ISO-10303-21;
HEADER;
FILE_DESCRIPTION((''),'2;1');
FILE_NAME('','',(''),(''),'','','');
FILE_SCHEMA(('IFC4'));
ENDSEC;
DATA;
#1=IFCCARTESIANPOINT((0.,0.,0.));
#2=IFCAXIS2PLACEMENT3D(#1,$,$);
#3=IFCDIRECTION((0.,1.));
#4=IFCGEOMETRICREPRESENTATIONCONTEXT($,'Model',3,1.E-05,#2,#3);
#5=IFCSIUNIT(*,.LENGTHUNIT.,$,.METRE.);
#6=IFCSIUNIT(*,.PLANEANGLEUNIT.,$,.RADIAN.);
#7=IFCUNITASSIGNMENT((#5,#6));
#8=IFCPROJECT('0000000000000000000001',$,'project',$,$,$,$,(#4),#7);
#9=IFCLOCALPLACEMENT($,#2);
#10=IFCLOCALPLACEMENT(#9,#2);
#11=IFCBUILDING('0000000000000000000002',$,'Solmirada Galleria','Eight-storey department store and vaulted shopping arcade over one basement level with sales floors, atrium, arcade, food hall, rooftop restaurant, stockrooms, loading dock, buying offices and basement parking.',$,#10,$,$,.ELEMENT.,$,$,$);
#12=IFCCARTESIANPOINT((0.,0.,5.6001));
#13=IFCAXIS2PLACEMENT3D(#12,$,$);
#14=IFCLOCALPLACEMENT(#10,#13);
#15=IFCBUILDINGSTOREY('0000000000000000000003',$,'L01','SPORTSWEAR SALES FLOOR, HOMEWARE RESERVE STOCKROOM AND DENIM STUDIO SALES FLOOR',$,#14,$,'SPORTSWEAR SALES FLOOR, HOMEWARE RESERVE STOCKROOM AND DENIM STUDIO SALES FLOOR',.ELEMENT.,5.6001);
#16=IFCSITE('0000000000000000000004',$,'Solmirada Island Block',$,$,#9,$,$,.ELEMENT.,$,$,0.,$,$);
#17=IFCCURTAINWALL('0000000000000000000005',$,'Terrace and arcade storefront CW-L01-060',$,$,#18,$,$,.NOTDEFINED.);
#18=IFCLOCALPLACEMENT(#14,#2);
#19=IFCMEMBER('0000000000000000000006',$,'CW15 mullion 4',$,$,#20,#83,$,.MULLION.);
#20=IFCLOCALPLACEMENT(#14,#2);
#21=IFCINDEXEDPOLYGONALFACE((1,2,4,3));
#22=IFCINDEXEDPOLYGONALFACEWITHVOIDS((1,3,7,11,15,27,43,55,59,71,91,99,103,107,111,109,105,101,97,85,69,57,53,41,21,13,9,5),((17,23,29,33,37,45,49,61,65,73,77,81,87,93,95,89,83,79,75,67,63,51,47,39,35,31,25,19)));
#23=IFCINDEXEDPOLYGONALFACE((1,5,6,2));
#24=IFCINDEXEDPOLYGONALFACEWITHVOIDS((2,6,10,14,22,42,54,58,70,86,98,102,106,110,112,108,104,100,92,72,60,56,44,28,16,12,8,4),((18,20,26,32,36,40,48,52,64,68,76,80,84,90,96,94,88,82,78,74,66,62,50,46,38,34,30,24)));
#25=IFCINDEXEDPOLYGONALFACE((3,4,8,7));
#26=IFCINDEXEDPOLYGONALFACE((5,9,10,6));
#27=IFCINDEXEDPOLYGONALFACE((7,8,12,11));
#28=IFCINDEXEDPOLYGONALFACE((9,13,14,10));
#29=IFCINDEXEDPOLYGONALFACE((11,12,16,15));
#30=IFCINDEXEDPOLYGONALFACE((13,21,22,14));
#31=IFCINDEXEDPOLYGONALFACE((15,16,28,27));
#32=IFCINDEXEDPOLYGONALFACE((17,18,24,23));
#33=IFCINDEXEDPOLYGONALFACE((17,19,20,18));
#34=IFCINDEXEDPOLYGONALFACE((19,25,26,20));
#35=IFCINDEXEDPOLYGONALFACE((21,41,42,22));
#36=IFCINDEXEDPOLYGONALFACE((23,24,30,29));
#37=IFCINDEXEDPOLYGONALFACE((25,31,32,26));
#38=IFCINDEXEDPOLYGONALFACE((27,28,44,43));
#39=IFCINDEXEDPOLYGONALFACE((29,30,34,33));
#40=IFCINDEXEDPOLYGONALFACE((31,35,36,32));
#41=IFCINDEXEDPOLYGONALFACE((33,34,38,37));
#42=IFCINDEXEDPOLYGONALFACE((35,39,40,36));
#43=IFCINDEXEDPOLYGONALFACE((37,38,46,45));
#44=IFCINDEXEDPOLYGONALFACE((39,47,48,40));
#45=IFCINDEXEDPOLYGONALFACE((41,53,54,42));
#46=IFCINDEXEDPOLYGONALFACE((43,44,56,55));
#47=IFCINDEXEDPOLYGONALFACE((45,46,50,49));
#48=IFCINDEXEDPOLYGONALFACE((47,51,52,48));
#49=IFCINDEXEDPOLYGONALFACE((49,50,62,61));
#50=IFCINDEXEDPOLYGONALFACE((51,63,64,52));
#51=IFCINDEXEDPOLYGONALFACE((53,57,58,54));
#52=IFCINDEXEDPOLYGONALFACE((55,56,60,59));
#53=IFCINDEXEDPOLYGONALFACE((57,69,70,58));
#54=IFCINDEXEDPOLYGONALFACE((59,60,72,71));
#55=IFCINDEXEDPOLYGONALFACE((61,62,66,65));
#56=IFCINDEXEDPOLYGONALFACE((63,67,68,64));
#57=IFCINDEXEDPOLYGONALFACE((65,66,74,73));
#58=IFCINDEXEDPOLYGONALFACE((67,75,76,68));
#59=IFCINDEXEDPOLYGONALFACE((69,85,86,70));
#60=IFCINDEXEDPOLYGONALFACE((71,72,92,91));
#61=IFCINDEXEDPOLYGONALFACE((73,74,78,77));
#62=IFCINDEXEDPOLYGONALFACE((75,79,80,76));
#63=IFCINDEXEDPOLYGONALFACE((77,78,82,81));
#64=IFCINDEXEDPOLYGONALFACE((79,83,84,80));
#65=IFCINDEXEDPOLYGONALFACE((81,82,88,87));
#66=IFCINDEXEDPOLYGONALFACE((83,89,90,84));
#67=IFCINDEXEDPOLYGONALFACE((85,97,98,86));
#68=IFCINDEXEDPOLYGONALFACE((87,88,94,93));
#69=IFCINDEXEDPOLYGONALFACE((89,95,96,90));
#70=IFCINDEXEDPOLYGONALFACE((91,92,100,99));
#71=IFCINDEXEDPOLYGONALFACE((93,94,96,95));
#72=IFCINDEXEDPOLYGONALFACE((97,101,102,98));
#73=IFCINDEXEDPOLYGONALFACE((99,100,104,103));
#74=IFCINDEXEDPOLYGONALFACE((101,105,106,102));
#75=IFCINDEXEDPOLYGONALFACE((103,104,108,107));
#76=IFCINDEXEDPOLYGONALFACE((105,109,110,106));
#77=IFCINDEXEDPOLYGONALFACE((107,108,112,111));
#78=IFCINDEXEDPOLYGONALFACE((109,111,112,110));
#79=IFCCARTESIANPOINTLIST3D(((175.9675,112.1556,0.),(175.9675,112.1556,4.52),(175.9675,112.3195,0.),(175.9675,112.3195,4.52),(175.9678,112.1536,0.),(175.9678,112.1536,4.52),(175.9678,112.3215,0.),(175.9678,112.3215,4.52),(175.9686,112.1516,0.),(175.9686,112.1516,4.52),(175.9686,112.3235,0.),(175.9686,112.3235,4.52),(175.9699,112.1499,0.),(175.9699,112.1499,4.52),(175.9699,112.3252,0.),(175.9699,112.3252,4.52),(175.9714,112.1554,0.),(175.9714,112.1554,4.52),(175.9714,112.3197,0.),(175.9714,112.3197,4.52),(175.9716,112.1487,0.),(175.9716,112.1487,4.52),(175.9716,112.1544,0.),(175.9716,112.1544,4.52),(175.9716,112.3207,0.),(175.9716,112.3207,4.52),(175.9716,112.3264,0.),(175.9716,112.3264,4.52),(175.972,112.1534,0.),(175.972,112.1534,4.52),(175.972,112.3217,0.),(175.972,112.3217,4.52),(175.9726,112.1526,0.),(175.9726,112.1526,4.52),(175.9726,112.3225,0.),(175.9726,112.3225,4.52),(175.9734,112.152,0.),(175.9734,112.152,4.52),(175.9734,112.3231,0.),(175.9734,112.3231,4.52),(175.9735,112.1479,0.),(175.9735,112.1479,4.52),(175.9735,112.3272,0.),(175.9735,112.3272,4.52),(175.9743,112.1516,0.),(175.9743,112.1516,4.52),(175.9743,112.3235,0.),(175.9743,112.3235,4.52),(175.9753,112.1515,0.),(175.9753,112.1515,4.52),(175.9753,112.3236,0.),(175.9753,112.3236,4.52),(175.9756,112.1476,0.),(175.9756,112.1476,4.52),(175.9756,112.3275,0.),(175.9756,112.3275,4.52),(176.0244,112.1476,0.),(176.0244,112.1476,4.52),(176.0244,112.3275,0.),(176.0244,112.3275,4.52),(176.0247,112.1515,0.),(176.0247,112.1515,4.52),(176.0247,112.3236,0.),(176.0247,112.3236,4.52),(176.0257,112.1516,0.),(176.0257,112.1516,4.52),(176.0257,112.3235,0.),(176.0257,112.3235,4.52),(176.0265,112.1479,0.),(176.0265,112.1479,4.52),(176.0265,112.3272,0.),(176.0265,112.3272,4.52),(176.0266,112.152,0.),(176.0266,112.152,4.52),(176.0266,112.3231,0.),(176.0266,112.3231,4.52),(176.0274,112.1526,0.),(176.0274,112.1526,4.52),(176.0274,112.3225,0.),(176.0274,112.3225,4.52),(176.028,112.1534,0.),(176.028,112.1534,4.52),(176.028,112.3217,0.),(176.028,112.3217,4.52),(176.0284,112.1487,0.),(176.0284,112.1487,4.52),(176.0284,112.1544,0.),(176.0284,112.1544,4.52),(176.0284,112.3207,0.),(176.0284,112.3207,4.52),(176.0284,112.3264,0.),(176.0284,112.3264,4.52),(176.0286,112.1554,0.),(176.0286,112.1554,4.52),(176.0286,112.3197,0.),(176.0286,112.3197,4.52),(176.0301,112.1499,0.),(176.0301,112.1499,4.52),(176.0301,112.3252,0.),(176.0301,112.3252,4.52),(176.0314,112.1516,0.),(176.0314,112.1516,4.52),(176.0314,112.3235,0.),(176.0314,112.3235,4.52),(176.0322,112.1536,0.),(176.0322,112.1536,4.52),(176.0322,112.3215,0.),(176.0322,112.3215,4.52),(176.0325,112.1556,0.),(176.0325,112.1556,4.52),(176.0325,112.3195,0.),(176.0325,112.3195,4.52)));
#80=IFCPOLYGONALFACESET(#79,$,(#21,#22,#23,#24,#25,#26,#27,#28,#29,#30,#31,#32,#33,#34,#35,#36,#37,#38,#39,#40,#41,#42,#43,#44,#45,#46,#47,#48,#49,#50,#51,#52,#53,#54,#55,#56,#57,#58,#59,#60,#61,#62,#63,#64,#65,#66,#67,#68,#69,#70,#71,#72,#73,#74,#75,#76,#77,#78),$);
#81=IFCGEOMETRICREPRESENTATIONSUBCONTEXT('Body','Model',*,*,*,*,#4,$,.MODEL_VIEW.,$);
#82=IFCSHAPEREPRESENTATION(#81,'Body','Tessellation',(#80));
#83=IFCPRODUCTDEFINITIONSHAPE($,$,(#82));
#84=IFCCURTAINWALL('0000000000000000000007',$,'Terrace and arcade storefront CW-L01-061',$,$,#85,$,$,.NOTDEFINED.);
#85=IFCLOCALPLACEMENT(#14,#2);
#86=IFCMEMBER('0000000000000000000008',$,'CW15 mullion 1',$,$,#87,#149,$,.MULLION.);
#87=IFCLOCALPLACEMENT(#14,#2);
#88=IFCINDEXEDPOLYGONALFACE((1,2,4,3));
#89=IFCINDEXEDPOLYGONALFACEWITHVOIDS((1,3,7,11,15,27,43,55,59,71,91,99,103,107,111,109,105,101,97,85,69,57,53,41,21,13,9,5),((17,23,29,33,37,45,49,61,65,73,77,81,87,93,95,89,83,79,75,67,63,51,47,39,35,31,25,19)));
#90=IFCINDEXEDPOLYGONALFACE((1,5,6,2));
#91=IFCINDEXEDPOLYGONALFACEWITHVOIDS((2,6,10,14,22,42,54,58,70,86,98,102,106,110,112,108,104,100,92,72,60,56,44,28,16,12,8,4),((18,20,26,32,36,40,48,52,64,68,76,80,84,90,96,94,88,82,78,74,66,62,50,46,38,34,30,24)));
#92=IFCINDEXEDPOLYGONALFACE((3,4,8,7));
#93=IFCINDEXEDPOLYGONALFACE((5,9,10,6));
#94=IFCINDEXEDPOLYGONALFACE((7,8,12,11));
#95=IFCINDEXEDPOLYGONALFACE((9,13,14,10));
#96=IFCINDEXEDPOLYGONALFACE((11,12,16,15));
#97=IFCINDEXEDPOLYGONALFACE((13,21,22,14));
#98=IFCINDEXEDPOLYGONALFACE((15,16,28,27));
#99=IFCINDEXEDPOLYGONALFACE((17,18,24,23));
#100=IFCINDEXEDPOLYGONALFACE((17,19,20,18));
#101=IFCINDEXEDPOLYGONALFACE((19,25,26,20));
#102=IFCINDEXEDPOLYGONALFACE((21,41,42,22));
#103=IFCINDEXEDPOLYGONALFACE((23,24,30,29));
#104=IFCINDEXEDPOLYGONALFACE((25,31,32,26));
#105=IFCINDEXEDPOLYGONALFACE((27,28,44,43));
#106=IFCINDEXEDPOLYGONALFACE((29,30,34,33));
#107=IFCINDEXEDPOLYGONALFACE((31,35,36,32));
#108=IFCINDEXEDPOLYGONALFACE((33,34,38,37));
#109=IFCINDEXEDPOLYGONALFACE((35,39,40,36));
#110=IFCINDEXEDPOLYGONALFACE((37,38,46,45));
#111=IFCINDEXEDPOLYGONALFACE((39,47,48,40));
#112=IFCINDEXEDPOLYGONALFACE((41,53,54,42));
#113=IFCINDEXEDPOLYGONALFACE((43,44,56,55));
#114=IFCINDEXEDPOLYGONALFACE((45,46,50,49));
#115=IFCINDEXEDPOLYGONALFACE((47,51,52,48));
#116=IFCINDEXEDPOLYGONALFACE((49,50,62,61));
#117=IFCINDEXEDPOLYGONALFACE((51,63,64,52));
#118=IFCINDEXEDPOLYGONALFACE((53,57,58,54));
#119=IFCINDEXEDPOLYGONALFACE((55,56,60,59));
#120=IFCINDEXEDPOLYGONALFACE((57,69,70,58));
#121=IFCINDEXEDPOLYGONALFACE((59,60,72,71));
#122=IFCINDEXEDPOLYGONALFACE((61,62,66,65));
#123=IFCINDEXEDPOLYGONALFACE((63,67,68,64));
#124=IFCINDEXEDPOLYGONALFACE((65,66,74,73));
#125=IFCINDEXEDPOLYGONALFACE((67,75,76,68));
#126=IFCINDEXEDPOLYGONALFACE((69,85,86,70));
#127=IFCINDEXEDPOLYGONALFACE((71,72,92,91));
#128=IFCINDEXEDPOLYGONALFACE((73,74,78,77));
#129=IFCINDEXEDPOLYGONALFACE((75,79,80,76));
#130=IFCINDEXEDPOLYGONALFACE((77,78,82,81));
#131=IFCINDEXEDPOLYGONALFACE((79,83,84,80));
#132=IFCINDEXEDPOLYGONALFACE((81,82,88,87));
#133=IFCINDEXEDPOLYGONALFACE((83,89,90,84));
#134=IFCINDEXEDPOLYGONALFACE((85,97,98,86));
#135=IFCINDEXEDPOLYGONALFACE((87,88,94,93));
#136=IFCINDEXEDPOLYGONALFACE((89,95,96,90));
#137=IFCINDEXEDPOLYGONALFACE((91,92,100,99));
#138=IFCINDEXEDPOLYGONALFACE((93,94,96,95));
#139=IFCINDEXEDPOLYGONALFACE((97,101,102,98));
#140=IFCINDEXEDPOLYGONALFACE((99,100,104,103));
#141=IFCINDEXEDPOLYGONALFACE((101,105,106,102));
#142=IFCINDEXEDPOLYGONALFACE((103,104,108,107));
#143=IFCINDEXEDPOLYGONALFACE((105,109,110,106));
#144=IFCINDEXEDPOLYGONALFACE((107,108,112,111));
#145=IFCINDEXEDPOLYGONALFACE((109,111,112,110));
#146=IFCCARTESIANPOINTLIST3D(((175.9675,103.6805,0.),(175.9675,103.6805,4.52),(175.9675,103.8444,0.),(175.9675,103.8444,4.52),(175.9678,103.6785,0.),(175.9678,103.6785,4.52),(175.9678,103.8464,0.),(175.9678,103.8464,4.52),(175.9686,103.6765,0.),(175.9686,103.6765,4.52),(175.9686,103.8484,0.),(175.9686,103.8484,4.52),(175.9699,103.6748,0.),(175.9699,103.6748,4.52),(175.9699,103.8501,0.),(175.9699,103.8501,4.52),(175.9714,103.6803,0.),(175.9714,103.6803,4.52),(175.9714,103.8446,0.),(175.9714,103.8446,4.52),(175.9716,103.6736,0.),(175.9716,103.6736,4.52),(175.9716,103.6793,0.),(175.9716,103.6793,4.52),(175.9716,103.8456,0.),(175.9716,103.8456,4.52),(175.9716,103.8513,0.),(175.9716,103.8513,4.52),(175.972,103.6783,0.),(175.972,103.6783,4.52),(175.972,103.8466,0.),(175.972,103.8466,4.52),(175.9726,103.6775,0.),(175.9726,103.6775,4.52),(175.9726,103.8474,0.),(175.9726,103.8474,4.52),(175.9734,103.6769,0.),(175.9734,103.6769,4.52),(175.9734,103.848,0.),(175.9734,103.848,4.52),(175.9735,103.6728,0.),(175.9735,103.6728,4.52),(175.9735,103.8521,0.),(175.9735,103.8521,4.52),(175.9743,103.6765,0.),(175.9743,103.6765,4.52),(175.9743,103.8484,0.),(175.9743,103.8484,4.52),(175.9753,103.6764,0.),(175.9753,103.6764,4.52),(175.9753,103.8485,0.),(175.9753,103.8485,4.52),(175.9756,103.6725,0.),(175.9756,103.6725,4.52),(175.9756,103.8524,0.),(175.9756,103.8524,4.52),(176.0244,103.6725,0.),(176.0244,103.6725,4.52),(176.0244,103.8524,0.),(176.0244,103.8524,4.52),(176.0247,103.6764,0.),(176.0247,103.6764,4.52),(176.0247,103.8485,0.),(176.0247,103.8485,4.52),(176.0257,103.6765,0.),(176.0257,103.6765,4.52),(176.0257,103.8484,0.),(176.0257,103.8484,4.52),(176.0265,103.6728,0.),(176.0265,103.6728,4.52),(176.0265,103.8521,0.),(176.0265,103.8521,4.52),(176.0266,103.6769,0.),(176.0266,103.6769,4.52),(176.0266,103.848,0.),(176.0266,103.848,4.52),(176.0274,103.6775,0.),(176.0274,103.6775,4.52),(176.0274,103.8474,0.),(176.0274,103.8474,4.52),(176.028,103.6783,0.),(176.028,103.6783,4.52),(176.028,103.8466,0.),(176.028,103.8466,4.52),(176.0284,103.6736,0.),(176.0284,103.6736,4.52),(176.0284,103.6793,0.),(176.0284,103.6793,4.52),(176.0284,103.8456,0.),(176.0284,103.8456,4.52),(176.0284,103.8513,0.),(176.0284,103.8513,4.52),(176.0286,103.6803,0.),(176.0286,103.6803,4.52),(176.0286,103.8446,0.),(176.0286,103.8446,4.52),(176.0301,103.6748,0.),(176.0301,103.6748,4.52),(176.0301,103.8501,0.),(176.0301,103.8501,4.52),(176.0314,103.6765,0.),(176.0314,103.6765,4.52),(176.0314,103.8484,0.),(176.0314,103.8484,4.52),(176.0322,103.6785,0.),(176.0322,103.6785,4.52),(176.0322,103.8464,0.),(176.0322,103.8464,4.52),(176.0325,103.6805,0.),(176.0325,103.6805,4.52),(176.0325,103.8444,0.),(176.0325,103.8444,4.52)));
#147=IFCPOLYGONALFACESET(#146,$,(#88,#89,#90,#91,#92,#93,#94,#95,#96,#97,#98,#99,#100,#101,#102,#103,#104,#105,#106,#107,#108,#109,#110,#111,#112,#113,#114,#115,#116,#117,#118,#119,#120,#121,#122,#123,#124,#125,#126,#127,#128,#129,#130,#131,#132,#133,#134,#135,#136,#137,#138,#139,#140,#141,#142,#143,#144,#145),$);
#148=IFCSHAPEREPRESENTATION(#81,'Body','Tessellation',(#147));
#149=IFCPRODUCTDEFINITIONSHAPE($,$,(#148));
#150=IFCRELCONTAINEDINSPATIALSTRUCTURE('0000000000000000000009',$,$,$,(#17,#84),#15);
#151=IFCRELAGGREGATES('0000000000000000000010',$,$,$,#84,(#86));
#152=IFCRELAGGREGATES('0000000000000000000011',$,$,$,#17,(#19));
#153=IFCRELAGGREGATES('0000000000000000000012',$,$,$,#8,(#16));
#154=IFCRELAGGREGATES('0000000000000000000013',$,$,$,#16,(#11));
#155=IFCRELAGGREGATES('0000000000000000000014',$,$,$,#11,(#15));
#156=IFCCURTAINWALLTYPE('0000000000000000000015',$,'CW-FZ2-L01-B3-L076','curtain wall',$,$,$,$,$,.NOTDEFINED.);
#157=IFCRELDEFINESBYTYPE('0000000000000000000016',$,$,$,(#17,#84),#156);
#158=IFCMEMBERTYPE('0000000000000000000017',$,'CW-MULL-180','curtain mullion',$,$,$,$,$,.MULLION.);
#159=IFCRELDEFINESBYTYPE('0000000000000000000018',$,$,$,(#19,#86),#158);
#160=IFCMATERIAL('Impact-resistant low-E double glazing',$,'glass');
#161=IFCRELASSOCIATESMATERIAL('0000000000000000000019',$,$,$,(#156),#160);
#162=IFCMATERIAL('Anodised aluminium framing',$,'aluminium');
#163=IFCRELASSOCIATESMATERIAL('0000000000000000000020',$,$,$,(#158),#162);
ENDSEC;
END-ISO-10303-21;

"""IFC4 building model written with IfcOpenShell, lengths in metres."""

from ifc_helpers import new_model, si_unit, direction, frame, origin, origin_2d, place, context, subcontext, project, spatial, hollow_rectangle, extrude, material, material_profile, profile_set, type_object, element, aggregate, save


model = new_model("IFC4")

# Units and contexts
model_context = context("Model", 3, precision=1e-05, world=origin(), true_north=direction((0.0, 1.0)))
body_context = subcontext(model_context, "Body", "Model", "MODEL_VIEW")
ifc_project = project(units=[si_unit("LENGTHUNIT", "METRE"), si_unit("PLANEANGLEUNIT", "RADIAN")], contexts=[model_context])

# Site, building, storey
site_placement = place(None, origin())
site = spatial("IfcSite", under=ifc_project, at=site_placement, Name="Solmirada Island Block", CompositionType="ELEMENT", RefElevation=0.0)
building_placement = place(site_placement, origin())
building = spatial("IfcBuilding", under=site, at=building_placement, Name="Solmirada Galleria", Description="Eight-storey department store and vaulted shopping arcade over one basement level with sales floors, atrium, arcade, food hall, rooftop restaurant, stockrooms, loading dock, buying offices and basement parking.", CompositionType="ELEMENT")
storey_placement = place(building_placement, frame((0.0, 0.0, 5.6001)))
storey = spatial("IfcBuildingStorey", under=building, at=storey_placement, Name="L01", Description="SPORTSWEAR SALES FLOOR, HOMEWARE RESERVE STOCKROOM AND DENIM STUDIO SALES FLOOR", LongName="SPORTSWEAR SALES FLOOR, HOMEWARE RESERVE STOCKROOM AND DENIM STUDIO SALES FLOOR", CompositionType="ELEMENT", Elevation=5.6001)

# Curtain wall, member
ifc_material_1 = material(Name="Impact-resistant low-E double glazing", Category="glass")
curtain_wall_type = type_object("IfcCurtainWallType", Name="CW-FZ2-L01-B3-L076", Description="curtain wall", PredefinedType="NOTDEFINED", material=ifc_material_1)
curtain_wall_1_placement = place(storey_placement, origin())
curtain_wall_1 = element("IfcCurtainWall", 1, at=curtain_wall_1_placement, inside=storey, type_object=curtain_wall_type, Name="Terrace and arcade storefront CW-L01-060", PredefinedType="NOTDEFINED")
ifc_material_2 = material(Name="Anodised aluminium framing", Category="aluminium")
ifc_material_profile_1 = material_profile(ifc_material_2, hollow_rectangle(XDim=0.0649, YDim=0.1799, WallThickness=0.0039, InnerFilletRadius=0.0039, OuterFilletRadius=0.0081, at=origin_2d()), Name="ALU-MULL-180X65")
ifc_profile_set_1 = profile_set([ifc_material_profile_1], Name="Anodised aluminium framing")
member_type_1 = type_object("IfcMemberType", Name="CW-MULL-180", Description="curtain mullion", PredefinedType="MULLION", material=ifc_profile_set_1)
member_1_placement = place(storey_placement, frame((176.0, 112.2375, 0.0), z_axis=(0.0, 0.0, 1.0), x_axis=(1.0, 0.0, 0.0)))
member_1 = element("IfcMember", 2, at=member_1_placement, type_object=member_type_1, Name="CW15 mullion 4", PredefinedType="MULLION", context=body_context, shape_type="SweptSolid", body=[
    extrude(hollow_rectangle(XDim=0.0649, YDim=0.1799, WallThickness=0.0039, InnerFilletRadius=0.0039, OuterFilletRadius=0.0081, at=origin_2d()), origin(), (0.0, 0.0, 1.0), 4.52),
])

# Curtain wall, member
curtain_wall_2_placement = place(storey_placement, origin())
curtain_wall_2 = element("IfcCurtainWall", 3, at=curtain_wall_2_placement, inside=storey, type_object=curtain_wall_type, Name="Terrace and arcade storefront CW-L01-061", PredefinedType="NOTDEFINED")
member_2_placement = place(storey_placement, frame((176.0, 103.7625, 0.0), z_axis=(0.0, 0.0, 1.0), x_axis=(1.0, 0.0, 0.0)))
member_2 = element("IfcMember", 4, at=member_2_placement, type_object=member_type_1, Name="CW15 mullion 1", PredefinedType="MULLION", context=body_context, shape_type="SweptSolid", body=[
    extrude(hollow_rectangle(XDim=0.0649, YDim=0.1799, WallThickness=0.0039, InnerFilletRadius=0.0039, OuterFilletRadius=0.0081, at=origin_2d()), origin(), (0.0, 0.0, 1.0), 4.52),
])
aggregate(curtain_wall_2, [member_2])

aggregate(curtain_wall_1, [member_1])

save(model, "model.ifc")
